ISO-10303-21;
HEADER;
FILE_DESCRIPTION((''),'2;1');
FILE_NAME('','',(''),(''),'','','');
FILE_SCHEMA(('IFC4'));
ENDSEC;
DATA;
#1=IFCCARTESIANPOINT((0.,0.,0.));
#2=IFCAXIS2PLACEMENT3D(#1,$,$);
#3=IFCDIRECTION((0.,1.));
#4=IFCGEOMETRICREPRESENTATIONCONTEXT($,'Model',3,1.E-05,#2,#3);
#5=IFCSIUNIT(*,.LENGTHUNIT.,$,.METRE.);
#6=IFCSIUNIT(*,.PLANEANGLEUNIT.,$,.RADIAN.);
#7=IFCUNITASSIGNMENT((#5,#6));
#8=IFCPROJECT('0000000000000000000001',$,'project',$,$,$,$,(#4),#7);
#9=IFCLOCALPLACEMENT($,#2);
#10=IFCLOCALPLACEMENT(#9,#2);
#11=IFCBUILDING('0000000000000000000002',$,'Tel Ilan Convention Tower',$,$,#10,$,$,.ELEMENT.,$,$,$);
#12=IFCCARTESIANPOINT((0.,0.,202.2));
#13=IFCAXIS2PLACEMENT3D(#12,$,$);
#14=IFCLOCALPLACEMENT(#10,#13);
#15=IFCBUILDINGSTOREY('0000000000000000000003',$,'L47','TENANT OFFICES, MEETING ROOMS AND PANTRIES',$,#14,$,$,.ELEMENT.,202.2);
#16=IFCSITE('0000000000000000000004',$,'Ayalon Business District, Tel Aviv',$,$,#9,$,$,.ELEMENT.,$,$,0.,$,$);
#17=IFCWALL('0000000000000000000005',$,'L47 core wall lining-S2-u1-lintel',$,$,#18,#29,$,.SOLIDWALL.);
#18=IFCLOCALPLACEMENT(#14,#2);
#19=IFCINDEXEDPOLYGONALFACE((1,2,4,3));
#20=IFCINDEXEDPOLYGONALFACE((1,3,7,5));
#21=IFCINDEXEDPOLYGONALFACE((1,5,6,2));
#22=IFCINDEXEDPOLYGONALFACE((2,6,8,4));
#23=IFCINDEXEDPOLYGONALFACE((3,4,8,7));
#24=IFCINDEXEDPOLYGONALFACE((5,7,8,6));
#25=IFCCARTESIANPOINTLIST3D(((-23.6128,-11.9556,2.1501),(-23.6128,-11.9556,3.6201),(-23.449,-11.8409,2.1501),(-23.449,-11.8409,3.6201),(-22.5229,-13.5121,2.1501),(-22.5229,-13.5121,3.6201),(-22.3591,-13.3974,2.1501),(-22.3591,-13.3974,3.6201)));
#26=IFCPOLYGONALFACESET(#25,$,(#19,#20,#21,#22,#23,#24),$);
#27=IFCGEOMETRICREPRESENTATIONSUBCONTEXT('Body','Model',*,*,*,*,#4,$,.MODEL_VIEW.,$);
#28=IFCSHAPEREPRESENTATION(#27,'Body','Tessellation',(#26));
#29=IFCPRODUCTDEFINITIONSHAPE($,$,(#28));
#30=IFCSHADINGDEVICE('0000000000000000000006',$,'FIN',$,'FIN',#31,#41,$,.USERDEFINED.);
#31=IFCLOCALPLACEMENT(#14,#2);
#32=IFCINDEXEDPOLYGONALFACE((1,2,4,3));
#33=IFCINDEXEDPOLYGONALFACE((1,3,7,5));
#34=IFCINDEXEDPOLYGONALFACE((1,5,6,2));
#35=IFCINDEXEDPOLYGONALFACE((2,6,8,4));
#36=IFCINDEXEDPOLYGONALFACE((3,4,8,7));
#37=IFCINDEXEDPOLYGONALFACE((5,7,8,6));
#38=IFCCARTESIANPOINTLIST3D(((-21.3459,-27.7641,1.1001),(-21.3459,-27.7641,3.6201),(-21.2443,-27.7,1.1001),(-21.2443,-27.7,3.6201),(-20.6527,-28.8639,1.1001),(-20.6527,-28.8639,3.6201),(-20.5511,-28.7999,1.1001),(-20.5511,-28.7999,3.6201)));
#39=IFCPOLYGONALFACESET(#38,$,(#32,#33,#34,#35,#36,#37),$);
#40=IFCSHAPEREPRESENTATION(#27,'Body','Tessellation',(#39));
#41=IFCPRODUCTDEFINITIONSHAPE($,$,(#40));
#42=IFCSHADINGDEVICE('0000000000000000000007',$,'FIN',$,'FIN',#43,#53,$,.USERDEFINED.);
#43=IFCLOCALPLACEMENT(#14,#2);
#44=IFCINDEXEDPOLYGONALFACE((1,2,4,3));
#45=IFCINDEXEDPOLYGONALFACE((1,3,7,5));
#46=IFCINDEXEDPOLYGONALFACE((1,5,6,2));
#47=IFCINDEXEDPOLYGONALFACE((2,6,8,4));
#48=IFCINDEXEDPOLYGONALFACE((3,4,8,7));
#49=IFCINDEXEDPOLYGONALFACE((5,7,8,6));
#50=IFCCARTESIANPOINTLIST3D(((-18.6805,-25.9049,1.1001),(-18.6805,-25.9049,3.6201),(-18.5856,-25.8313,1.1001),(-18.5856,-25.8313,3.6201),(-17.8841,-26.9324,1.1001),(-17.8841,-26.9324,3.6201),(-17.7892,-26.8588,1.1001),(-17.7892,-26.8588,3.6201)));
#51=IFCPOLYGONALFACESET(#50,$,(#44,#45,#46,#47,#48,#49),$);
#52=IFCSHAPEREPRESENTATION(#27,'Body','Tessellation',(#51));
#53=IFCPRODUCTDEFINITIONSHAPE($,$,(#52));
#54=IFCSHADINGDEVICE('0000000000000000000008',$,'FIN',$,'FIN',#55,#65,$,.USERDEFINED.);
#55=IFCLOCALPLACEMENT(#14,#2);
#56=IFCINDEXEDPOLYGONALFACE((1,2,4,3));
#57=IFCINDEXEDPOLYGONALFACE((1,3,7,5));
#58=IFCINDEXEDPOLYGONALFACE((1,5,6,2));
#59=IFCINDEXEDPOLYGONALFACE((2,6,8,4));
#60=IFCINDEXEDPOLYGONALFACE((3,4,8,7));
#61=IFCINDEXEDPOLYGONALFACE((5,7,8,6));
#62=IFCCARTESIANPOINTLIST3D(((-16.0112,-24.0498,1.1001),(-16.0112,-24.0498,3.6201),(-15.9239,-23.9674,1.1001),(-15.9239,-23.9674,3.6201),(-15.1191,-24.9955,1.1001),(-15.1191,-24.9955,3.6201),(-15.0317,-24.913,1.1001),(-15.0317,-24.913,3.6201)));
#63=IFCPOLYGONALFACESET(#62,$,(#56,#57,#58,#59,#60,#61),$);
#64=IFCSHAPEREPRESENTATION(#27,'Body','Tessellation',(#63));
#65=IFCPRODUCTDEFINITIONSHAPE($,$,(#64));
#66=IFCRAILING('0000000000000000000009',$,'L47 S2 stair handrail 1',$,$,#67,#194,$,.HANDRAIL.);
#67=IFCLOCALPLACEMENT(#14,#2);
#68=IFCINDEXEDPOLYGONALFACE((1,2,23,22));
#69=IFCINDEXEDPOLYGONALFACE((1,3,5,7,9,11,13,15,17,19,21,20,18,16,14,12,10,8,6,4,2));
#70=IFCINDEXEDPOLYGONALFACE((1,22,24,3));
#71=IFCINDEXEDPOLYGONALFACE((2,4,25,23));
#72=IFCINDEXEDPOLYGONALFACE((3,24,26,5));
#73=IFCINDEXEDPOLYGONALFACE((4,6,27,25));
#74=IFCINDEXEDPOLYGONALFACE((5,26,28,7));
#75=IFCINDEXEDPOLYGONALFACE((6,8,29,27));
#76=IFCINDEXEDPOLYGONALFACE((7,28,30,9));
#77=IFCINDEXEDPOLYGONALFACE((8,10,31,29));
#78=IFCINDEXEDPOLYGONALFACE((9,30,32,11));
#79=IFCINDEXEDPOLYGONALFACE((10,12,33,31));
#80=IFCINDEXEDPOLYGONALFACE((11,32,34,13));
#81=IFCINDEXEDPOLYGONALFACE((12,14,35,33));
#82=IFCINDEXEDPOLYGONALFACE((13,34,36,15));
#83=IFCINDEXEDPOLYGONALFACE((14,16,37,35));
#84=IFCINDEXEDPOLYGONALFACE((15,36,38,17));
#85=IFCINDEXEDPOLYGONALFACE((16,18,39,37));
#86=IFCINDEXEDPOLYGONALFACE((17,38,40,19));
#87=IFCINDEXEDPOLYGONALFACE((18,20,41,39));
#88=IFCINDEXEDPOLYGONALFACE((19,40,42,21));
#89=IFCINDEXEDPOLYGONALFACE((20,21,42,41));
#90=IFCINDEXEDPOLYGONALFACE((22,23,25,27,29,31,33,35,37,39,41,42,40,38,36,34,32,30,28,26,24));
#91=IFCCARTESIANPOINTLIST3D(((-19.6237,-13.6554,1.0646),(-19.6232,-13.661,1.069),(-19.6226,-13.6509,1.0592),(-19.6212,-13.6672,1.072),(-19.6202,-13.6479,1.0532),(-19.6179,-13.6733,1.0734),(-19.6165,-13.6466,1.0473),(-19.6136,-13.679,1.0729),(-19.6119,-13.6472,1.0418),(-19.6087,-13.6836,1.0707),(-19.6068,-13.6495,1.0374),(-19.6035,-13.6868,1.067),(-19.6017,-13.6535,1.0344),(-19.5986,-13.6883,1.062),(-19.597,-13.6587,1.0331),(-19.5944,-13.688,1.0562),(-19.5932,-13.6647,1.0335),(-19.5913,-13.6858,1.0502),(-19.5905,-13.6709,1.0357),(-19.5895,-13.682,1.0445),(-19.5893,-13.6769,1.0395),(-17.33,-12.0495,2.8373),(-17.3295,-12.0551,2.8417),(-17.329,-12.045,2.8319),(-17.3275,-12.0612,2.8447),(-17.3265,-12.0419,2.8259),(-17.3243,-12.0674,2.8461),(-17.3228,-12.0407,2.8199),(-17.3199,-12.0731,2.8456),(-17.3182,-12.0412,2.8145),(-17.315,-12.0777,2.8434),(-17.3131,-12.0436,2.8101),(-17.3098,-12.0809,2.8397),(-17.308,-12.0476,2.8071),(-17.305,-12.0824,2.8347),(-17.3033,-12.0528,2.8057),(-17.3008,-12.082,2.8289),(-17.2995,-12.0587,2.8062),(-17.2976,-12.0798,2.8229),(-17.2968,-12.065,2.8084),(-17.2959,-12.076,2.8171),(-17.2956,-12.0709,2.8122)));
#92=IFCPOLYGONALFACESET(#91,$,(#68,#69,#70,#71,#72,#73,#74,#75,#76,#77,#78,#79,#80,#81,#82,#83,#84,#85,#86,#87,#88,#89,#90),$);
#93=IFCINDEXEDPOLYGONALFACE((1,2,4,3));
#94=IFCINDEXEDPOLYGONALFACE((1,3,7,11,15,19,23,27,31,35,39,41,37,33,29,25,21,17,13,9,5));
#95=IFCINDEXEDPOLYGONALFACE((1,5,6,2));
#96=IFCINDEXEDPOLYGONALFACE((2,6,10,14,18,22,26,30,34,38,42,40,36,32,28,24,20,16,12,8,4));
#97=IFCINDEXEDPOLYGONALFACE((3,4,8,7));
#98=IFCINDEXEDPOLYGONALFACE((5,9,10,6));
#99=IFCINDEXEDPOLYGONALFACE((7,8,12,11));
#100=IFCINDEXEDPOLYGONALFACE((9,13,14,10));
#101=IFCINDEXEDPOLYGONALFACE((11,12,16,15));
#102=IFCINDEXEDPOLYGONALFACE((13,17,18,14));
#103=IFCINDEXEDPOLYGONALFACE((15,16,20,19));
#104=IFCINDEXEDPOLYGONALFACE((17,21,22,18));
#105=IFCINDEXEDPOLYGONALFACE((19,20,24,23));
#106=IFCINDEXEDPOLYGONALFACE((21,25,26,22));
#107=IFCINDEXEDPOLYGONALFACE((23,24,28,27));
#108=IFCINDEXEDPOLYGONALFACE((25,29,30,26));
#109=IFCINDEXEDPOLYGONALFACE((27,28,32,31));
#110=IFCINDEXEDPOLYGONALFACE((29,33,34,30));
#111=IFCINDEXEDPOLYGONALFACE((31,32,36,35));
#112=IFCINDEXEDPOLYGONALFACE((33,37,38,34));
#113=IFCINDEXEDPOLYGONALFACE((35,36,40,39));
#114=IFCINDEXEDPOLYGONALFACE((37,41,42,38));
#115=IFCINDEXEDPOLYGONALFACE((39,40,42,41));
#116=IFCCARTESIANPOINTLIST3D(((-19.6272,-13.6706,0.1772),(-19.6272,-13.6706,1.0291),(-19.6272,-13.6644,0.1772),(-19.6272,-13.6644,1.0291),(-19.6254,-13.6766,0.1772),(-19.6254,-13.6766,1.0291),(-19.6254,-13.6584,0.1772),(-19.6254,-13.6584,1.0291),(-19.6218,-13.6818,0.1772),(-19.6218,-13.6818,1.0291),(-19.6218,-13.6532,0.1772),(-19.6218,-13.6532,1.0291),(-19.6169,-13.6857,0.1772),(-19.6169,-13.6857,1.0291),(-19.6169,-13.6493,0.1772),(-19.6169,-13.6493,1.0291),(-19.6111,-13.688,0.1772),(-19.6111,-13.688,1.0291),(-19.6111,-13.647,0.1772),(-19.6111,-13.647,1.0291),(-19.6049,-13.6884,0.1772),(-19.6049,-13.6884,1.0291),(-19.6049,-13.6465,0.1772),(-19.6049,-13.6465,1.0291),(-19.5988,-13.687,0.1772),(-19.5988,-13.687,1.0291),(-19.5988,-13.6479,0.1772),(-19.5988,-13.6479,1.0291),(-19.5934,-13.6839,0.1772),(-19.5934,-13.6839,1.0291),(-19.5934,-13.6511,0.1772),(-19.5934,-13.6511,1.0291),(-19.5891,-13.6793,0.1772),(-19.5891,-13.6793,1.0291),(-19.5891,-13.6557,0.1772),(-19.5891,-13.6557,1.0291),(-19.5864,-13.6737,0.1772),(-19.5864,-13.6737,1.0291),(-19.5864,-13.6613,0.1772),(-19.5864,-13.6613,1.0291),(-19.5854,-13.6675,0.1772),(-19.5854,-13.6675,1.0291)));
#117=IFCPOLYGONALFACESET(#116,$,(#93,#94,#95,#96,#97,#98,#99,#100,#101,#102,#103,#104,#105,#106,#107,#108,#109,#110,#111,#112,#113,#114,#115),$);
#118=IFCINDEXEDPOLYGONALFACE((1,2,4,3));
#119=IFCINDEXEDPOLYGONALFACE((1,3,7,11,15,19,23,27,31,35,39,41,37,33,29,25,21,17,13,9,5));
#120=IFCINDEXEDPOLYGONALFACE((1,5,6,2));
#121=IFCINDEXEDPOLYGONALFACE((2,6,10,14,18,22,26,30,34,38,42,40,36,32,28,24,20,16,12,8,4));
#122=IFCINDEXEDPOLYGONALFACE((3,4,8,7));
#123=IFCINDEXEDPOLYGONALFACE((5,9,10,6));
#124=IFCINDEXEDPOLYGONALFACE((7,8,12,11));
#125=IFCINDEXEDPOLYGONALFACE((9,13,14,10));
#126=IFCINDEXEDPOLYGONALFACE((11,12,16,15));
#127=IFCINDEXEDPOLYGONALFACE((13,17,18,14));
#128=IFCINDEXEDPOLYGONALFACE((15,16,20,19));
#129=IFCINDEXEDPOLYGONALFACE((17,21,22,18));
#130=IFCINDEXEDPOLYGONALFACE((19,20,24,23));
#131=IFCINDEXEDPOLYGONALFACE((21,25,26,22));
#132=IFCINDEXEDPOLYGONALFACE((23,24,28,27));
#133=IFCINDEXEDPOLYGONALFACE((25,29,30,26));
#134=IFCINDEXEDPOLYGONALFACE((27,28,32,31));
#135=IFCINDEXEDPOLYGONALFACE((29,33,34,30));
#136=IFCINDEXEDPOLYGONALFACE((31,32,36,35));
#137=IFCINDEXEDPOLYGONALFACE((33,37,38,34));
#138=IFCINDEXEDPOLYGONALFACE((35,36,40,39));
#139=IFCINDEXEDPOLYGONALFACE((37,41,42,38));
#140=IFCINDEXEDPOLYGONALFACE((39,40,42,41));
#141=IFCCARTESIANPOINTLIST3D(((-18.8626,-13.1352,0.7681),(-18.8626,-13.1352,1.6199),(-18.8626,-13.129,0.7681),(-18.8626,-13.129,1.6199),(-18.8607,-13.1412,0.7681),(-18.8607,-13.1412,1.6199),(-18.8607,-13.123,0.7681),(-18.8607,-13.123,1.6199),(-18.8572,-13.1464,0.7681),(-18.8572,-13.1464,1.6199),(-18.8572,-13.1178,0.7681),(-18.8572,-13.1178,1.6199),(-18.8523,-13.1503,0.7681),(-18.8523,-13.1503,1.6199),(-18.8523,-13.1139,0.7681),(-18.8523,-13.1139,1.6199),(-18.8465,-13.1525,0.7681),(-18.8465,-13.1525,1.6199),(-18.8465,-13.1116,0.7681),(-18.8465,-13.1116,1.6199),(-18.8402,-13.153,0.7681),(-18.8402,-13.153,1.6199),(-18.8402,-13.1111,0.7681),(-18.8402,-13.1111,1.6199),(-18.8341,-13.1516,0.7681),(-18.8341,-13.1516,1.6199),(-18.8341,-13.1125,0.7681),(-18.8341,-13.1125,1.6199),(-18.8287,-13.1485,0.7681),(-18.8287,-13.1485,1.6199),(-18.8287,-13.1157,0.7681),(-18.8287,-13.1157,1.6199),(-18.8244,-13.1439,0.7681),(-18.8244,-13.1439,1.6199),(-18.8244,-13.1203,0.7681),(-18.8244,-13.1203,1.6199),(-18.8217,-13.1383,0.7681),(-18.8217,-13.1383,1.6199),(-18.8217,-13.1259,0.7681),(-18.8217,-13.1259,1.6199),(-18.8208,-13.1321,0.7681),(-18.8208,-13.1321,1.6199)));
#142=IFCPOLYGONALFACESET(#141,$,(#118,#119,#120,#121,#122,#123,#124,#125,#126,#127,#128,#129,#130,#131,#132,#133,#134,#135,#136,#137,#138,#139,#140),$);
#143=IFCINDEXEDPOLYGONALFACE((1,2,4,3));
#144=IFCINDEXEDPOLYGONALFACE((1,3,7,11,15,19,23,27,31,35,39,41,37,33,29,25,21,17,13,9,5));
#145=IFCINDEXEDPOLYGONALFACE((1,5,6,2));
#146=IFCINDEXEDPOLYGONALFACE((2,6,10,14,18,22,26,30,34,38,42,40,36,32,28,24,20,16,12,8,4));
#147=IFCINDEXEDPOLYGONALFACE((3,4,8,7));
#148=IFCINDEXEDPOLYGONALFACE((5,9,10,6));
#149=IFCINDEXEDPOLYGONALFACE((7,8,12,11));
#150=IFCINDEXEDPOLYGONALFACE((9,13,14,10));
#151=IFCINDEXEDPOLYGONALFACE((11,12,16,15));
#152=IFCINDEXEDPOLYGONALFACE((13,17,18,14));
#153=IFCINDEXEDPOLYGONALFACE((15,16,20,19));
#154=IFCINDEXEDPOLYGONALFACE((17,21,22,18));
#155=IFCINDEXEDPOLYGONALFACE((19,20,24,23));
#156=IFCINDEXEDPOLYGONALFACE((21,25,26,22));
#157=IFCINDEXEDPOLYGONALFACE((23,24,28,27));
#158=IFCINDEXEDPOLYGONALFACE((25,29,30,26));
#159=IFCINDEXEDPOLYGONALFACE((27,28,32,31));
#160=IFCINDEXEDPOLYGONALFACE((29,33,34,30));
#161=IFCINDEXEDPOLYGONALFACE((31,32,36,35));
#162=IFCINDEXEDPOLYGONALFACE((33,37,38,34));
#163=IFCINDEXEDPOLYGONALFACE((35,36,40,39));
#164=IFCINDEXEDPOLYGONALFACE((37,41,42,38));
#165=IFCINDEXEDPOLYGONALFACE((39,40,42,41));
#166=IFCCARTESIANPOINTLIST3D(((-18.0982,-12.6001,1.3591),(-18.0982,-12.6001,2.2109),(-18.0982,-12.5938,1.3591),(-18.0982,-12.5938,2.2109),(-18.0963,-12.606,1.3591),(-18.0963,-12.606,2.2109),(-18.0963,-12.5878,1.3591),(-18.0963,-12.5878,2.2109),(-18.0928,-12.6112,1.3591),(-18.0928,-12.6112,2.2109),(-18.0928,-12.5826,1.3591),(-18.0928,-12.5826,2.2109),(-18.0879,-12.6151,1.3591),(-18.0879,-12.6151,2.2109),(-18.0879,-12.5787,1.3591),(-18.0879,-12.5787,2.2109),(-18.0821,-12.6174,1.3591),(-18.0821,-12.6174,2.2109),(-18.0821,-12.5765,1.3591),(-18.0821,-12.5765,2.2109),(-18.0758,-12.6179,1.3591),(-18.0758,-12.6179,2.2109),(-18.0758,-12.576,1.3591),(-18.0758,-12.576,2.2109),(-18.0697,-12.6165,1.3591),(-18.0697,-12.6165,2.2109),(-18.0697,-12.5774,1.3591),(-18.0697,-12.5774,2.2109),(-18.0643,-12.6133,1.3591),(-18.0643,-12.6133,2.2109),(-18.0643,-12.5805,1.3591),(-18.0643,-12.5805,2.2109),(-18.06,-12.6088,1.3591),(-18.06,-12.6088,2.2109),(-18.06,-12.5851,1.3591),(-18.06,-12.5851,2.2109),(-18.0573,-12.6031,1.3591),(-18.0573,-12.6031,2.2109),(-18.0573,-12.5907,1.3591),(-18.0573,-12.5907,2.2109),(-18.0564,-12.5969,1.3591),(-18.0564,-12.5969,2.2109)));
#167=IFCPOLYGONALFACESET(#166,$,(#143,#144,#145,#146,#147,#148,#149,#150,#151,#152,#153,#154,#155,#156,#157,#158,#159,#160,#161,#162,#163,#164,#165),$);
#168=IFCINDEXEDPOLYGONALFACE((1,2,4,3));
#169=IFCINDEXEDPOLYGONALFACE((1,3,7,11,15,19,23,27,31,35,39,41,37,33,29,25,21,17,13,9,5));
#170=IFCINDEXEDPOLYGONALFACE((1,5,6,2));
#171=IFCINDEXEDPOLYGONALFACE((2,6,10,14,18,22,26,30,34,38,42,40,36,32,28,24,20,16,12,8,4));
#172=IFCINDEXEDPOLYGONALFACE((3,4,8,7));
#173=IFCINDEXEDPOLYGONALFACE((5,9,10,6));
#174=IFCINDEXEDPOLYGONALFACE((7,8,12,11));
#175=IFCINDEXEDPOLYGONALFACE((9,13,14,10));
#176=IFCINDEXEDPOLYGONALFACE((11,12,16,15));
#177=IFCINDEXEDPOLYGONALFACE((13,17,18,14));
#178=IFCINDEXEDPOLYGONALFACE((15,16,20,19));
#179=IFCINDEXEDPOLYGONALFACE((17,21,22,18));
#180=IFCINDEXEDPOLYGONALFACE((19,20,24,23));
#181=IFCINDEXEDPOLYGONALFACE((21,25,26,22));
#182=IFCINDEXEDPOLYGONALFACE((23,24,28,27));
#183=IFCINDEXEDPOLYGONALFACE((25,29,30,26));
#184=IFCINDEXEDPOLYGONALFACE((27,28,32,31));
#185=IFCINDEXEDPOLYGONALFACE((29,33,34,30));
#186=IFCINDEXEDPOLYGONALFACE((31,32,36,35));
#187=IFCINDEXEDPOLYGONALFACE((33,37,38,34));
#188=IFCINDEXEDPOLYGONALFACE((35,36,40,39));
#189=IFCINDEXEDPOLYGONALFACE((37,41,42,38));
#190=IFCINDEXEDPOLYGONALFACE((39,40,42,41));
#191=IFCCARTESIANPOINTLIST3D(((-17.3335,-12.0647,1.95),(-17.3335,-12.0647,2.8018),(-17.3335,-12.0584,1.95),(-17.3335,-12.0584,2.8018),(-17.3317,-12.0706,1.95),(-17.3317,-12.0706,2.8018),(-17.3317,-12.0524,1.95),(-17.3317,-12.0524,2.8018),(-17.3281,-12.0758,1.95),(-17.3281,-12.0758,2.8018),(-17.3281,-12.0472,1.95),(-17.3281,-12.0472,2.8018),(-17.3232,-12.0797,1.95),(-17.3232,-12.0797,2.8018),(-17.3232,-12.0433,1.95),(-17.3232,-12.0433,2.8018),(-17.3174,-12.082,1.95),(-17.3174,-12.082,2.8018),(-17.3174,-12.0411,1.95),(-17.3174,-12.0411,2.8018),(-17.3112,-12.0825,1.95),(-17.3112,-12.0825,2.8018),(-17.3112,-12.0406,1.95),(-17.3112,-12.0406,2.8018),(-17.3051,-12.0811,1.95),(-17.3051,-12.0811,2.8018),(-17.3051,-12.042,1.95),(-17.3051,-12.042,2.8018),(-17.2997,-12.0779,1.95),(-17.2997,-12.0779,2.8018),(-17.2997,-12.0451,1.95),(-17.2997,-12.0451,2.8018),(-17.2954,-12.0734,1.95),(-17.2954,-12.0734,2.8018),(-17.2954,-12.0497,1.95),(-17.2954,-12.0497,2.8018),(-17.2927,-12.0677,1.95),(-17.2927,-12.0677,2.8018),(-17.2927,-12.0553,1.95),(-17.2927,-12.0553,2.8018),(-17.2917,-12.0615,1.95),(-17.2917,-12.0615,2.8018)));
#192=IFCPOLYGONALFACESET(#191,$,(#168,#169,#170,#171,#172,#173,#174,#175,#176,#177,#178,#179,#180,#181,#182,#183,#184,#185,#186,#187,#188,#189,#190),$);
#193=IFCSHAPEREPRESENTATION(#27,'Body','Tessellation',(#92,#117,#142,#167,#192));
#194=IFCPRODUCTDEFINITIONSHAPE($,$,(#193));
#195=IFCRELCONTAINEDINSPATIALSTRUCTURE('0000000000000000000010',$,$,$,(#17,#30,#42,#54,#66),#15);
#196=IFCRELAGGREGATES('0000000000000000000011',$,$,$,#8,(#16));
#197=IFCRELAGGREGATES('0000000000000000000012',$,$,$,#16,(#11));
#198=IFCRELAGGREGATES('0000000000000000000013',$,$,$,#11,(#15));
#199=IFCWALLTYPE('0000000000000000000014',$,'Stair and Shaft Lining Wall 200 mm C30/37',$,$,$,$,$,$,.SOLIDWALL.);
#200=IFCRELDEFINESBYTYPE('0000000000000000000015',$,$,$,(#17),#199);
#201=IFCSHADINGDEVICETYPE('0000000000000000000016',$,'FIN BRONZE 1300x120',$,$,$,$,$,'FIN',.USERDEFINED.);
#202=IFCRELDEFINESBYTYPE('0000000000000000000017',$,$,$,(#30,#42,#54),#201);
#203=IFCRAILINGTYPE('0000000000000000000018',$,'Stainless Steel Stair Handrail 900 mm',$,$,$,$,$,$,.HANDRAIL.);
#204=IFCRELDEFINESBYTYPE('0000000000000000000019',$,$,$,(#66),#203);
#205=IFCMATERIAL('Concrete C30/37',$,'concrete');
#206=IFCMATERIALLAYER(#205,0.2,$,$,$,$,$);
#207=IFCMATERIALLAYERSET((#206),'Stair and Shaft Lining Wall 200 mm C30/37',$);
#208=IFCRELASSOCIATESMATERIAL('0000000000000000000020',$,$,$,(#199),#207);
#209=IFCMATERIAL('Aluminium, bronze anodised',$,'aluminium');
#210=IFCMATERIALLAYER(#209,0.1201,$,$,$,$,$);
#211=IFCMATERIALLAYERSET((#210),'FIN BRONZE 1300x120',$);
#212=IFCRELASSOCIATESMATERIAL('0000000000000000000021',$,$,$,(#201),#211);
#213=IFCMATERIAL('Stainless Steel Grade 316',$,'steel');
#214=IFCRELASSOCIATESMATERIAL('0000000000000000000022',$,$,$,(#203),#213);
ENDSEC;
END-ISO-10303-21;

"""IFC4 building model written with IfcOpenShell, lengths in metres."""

from ifc_helpers import new_model, si_unit, direction, frame, frame_2d, origin, origin_2d, place, context, subcontext, project, spatial, rectangle, circle, extrude, material, layer, layer_set, type_object, element, save


model = new_model("IFC4")

# Units and contexts
model_context = context("Model", 3, precision=1e-05, world=origin(), true_north=direction((0.0, 1.0)))
body_context = subcontext(model_context, "Body", "Model", "MODEL_VIEW")
ifc_project = project(units=[si_unit("LENGTHUNIT", "METRE"), si_unit("PLANEANGLEUNIT", "RADIAN")], contexts=[model_context])

# Site, building, storey
site_placement = place(None, origin())
site = spatial("IfcSite", under=ifc_project, at=site_placement, Name="Ayalon Business District, Tel Aviv", CompositionType="ELEMENT", RefElevation=0.0)
building_placement = place(site_placement, origin())
building = spatial("IfcBuilding", under=site, at=building_placement, Name="Tel Ilan Convention Tower", CompositionType="ELEMENT")
storey_placement = place(building_placement, frame((0.0, 0.0, 202.2)))
storey = spatial("IfcBuildingStorey", under=building, at=storey_placement, Name="L47", Description="TENANT OFFICES, MEETING ROOMS AND PANTRIES", CompositionType="ELEMENT", Elevation=202.2)

# Wall
ifc_material_1 = material(Name="Concrete C30/37", Category="concrete")
ifc_layer_1 = layer(ifc_material_1, 0.2)
ifc_layer_set_1 = layer_set([ifc_layer_1], Name="Stair and Shaft Lining Wall 200 mm C30/37")
wall_type_1 = type_object("IfcWallType", Name="Stair and Shaft Lining Wall 200 mm C30/37", PredefinedType="SOLIDWALL", material=ifc_layer_set_1)
wall_1_placement = place(storey_placement, frame((-22.4409, -13.4548, 2.1501), z_axis=(0.0, 0.0, 1.0), x_axis=(-0.573592, 0.819141, 0.0)))
element("IfcWall", 1, at=wall_1_placement, inside=storey, type_object=wall_type_1, Name="L47 core wall lining-S2-u1-lintel", PredefinedType="SOLIDWALL", context=body_context, shape_type="SweptSolid", body=[
    extrude(rectangle(XDim=1.9001, YDim=0.2, at=frame_2d((0.9502, 0.0))), origin(), (0.0, 0.0, 1.0), 1.47),
])

# Shading devices
ifc_material_2 = material(Name="Aluminium, bronze anodised", Category="aluminium")
ifc_layer_2 = layer(ifc_material_2, 0.1201)
ifc_layer_set_2 = layer_set([ifc_layer_2], Name="FIN BRONZE 1300x120")
shading_device_type = type_object("IfcShadingDeviceType", Name="FIN BRONZE 1300x120", ElementType="FIN", PredefinedType="USERDEFINED", material=ifc_layer_set_2)
for number, where, z_axis, x_axis, name in (
    (2, (-20.9485, -28.282, 1.1001), (0.0, 0.0, 1.0), (0.533204, -0.845986, 0.0), "FIN"),
    (3, (-18.2349, -26.3818, 1.1001), (0.0, 0.0, 1.0), (0.612601, -0.790393, 0.0), "FIN"),
    (4, (-15.5215, -24.4814, 1.1001), (0.0, 0.0, 1.0), (0.686242, -0.727374, 0.0), "FIN"),
):
    element("IfcShadingDevice", number, at=place(storey_placement, frame(where, z_axis=z_axis, x_axis=x_axis)), inside=storey, type_object=shading_device_type, Name=name, ObjectType="FIN", PredefinedType="USERDEFINED", context=body_context, shape_type="SweptSolid", body=[
        extrude(rectangle(XDim=1.3, YDim=0.1201, at=origin_2d()), origin(), (0.0, 0.0, 1.0), 2.52),
    ])

# Railing
ifc_material_3 = material(Name="Stainless Steel Grade 316", Category="steel")
railing_type = type_object("IfcRailingType", Name="Stainless Steel Stair Handrail 900 mm", PredefinedType="HANDRAIL", material=ifc_material_3)
railing_placement = place(storey_placement, frame((-19.6064, -13.6675, 0.1772)))
element("IfcRailing", 5, at=railing_placement, inside=storey, type_object=railing_type, Name="L47 S2 stair handrail 1", PredefinedType="HANDRAIL", context=body_context, shape_type="SweptSolid", body=[
    extrude(circle(Radius=0.0239, at=origin_2d()), frame((0.0, 0.0, 0.876), z_axis=(0.692123, 0.484597, 0.534913), x_axis=(-0.57355, 0.81917, 0.0)), (0.0, 0.0, 1.0), 3.314),
    extrude(circle(Radius=0.021, at=origin_2d()), origin(), (0.0, 0.0, 1.0), 0.8518),
    extrude(circle(Radius=0.021, at=origin_2d()), frame((0.7646, 0.5354, 0.5908)), (0.0, 0.0, 1.0), 0.8518),
    extrude(circle(Radius=0.021, at=origin_2d()), frame((1.5291, 1.0706, 1.1819)), (0.0, 0.0, 1.0), 0.8518),
    extrude(circle(Radius=0.021, at=origin_2d()), frame((2.2937, 1.606, 1.7727)), (0.0, 0.0, 1.0), 0.8518),
])

save(model, "model.ifc")
